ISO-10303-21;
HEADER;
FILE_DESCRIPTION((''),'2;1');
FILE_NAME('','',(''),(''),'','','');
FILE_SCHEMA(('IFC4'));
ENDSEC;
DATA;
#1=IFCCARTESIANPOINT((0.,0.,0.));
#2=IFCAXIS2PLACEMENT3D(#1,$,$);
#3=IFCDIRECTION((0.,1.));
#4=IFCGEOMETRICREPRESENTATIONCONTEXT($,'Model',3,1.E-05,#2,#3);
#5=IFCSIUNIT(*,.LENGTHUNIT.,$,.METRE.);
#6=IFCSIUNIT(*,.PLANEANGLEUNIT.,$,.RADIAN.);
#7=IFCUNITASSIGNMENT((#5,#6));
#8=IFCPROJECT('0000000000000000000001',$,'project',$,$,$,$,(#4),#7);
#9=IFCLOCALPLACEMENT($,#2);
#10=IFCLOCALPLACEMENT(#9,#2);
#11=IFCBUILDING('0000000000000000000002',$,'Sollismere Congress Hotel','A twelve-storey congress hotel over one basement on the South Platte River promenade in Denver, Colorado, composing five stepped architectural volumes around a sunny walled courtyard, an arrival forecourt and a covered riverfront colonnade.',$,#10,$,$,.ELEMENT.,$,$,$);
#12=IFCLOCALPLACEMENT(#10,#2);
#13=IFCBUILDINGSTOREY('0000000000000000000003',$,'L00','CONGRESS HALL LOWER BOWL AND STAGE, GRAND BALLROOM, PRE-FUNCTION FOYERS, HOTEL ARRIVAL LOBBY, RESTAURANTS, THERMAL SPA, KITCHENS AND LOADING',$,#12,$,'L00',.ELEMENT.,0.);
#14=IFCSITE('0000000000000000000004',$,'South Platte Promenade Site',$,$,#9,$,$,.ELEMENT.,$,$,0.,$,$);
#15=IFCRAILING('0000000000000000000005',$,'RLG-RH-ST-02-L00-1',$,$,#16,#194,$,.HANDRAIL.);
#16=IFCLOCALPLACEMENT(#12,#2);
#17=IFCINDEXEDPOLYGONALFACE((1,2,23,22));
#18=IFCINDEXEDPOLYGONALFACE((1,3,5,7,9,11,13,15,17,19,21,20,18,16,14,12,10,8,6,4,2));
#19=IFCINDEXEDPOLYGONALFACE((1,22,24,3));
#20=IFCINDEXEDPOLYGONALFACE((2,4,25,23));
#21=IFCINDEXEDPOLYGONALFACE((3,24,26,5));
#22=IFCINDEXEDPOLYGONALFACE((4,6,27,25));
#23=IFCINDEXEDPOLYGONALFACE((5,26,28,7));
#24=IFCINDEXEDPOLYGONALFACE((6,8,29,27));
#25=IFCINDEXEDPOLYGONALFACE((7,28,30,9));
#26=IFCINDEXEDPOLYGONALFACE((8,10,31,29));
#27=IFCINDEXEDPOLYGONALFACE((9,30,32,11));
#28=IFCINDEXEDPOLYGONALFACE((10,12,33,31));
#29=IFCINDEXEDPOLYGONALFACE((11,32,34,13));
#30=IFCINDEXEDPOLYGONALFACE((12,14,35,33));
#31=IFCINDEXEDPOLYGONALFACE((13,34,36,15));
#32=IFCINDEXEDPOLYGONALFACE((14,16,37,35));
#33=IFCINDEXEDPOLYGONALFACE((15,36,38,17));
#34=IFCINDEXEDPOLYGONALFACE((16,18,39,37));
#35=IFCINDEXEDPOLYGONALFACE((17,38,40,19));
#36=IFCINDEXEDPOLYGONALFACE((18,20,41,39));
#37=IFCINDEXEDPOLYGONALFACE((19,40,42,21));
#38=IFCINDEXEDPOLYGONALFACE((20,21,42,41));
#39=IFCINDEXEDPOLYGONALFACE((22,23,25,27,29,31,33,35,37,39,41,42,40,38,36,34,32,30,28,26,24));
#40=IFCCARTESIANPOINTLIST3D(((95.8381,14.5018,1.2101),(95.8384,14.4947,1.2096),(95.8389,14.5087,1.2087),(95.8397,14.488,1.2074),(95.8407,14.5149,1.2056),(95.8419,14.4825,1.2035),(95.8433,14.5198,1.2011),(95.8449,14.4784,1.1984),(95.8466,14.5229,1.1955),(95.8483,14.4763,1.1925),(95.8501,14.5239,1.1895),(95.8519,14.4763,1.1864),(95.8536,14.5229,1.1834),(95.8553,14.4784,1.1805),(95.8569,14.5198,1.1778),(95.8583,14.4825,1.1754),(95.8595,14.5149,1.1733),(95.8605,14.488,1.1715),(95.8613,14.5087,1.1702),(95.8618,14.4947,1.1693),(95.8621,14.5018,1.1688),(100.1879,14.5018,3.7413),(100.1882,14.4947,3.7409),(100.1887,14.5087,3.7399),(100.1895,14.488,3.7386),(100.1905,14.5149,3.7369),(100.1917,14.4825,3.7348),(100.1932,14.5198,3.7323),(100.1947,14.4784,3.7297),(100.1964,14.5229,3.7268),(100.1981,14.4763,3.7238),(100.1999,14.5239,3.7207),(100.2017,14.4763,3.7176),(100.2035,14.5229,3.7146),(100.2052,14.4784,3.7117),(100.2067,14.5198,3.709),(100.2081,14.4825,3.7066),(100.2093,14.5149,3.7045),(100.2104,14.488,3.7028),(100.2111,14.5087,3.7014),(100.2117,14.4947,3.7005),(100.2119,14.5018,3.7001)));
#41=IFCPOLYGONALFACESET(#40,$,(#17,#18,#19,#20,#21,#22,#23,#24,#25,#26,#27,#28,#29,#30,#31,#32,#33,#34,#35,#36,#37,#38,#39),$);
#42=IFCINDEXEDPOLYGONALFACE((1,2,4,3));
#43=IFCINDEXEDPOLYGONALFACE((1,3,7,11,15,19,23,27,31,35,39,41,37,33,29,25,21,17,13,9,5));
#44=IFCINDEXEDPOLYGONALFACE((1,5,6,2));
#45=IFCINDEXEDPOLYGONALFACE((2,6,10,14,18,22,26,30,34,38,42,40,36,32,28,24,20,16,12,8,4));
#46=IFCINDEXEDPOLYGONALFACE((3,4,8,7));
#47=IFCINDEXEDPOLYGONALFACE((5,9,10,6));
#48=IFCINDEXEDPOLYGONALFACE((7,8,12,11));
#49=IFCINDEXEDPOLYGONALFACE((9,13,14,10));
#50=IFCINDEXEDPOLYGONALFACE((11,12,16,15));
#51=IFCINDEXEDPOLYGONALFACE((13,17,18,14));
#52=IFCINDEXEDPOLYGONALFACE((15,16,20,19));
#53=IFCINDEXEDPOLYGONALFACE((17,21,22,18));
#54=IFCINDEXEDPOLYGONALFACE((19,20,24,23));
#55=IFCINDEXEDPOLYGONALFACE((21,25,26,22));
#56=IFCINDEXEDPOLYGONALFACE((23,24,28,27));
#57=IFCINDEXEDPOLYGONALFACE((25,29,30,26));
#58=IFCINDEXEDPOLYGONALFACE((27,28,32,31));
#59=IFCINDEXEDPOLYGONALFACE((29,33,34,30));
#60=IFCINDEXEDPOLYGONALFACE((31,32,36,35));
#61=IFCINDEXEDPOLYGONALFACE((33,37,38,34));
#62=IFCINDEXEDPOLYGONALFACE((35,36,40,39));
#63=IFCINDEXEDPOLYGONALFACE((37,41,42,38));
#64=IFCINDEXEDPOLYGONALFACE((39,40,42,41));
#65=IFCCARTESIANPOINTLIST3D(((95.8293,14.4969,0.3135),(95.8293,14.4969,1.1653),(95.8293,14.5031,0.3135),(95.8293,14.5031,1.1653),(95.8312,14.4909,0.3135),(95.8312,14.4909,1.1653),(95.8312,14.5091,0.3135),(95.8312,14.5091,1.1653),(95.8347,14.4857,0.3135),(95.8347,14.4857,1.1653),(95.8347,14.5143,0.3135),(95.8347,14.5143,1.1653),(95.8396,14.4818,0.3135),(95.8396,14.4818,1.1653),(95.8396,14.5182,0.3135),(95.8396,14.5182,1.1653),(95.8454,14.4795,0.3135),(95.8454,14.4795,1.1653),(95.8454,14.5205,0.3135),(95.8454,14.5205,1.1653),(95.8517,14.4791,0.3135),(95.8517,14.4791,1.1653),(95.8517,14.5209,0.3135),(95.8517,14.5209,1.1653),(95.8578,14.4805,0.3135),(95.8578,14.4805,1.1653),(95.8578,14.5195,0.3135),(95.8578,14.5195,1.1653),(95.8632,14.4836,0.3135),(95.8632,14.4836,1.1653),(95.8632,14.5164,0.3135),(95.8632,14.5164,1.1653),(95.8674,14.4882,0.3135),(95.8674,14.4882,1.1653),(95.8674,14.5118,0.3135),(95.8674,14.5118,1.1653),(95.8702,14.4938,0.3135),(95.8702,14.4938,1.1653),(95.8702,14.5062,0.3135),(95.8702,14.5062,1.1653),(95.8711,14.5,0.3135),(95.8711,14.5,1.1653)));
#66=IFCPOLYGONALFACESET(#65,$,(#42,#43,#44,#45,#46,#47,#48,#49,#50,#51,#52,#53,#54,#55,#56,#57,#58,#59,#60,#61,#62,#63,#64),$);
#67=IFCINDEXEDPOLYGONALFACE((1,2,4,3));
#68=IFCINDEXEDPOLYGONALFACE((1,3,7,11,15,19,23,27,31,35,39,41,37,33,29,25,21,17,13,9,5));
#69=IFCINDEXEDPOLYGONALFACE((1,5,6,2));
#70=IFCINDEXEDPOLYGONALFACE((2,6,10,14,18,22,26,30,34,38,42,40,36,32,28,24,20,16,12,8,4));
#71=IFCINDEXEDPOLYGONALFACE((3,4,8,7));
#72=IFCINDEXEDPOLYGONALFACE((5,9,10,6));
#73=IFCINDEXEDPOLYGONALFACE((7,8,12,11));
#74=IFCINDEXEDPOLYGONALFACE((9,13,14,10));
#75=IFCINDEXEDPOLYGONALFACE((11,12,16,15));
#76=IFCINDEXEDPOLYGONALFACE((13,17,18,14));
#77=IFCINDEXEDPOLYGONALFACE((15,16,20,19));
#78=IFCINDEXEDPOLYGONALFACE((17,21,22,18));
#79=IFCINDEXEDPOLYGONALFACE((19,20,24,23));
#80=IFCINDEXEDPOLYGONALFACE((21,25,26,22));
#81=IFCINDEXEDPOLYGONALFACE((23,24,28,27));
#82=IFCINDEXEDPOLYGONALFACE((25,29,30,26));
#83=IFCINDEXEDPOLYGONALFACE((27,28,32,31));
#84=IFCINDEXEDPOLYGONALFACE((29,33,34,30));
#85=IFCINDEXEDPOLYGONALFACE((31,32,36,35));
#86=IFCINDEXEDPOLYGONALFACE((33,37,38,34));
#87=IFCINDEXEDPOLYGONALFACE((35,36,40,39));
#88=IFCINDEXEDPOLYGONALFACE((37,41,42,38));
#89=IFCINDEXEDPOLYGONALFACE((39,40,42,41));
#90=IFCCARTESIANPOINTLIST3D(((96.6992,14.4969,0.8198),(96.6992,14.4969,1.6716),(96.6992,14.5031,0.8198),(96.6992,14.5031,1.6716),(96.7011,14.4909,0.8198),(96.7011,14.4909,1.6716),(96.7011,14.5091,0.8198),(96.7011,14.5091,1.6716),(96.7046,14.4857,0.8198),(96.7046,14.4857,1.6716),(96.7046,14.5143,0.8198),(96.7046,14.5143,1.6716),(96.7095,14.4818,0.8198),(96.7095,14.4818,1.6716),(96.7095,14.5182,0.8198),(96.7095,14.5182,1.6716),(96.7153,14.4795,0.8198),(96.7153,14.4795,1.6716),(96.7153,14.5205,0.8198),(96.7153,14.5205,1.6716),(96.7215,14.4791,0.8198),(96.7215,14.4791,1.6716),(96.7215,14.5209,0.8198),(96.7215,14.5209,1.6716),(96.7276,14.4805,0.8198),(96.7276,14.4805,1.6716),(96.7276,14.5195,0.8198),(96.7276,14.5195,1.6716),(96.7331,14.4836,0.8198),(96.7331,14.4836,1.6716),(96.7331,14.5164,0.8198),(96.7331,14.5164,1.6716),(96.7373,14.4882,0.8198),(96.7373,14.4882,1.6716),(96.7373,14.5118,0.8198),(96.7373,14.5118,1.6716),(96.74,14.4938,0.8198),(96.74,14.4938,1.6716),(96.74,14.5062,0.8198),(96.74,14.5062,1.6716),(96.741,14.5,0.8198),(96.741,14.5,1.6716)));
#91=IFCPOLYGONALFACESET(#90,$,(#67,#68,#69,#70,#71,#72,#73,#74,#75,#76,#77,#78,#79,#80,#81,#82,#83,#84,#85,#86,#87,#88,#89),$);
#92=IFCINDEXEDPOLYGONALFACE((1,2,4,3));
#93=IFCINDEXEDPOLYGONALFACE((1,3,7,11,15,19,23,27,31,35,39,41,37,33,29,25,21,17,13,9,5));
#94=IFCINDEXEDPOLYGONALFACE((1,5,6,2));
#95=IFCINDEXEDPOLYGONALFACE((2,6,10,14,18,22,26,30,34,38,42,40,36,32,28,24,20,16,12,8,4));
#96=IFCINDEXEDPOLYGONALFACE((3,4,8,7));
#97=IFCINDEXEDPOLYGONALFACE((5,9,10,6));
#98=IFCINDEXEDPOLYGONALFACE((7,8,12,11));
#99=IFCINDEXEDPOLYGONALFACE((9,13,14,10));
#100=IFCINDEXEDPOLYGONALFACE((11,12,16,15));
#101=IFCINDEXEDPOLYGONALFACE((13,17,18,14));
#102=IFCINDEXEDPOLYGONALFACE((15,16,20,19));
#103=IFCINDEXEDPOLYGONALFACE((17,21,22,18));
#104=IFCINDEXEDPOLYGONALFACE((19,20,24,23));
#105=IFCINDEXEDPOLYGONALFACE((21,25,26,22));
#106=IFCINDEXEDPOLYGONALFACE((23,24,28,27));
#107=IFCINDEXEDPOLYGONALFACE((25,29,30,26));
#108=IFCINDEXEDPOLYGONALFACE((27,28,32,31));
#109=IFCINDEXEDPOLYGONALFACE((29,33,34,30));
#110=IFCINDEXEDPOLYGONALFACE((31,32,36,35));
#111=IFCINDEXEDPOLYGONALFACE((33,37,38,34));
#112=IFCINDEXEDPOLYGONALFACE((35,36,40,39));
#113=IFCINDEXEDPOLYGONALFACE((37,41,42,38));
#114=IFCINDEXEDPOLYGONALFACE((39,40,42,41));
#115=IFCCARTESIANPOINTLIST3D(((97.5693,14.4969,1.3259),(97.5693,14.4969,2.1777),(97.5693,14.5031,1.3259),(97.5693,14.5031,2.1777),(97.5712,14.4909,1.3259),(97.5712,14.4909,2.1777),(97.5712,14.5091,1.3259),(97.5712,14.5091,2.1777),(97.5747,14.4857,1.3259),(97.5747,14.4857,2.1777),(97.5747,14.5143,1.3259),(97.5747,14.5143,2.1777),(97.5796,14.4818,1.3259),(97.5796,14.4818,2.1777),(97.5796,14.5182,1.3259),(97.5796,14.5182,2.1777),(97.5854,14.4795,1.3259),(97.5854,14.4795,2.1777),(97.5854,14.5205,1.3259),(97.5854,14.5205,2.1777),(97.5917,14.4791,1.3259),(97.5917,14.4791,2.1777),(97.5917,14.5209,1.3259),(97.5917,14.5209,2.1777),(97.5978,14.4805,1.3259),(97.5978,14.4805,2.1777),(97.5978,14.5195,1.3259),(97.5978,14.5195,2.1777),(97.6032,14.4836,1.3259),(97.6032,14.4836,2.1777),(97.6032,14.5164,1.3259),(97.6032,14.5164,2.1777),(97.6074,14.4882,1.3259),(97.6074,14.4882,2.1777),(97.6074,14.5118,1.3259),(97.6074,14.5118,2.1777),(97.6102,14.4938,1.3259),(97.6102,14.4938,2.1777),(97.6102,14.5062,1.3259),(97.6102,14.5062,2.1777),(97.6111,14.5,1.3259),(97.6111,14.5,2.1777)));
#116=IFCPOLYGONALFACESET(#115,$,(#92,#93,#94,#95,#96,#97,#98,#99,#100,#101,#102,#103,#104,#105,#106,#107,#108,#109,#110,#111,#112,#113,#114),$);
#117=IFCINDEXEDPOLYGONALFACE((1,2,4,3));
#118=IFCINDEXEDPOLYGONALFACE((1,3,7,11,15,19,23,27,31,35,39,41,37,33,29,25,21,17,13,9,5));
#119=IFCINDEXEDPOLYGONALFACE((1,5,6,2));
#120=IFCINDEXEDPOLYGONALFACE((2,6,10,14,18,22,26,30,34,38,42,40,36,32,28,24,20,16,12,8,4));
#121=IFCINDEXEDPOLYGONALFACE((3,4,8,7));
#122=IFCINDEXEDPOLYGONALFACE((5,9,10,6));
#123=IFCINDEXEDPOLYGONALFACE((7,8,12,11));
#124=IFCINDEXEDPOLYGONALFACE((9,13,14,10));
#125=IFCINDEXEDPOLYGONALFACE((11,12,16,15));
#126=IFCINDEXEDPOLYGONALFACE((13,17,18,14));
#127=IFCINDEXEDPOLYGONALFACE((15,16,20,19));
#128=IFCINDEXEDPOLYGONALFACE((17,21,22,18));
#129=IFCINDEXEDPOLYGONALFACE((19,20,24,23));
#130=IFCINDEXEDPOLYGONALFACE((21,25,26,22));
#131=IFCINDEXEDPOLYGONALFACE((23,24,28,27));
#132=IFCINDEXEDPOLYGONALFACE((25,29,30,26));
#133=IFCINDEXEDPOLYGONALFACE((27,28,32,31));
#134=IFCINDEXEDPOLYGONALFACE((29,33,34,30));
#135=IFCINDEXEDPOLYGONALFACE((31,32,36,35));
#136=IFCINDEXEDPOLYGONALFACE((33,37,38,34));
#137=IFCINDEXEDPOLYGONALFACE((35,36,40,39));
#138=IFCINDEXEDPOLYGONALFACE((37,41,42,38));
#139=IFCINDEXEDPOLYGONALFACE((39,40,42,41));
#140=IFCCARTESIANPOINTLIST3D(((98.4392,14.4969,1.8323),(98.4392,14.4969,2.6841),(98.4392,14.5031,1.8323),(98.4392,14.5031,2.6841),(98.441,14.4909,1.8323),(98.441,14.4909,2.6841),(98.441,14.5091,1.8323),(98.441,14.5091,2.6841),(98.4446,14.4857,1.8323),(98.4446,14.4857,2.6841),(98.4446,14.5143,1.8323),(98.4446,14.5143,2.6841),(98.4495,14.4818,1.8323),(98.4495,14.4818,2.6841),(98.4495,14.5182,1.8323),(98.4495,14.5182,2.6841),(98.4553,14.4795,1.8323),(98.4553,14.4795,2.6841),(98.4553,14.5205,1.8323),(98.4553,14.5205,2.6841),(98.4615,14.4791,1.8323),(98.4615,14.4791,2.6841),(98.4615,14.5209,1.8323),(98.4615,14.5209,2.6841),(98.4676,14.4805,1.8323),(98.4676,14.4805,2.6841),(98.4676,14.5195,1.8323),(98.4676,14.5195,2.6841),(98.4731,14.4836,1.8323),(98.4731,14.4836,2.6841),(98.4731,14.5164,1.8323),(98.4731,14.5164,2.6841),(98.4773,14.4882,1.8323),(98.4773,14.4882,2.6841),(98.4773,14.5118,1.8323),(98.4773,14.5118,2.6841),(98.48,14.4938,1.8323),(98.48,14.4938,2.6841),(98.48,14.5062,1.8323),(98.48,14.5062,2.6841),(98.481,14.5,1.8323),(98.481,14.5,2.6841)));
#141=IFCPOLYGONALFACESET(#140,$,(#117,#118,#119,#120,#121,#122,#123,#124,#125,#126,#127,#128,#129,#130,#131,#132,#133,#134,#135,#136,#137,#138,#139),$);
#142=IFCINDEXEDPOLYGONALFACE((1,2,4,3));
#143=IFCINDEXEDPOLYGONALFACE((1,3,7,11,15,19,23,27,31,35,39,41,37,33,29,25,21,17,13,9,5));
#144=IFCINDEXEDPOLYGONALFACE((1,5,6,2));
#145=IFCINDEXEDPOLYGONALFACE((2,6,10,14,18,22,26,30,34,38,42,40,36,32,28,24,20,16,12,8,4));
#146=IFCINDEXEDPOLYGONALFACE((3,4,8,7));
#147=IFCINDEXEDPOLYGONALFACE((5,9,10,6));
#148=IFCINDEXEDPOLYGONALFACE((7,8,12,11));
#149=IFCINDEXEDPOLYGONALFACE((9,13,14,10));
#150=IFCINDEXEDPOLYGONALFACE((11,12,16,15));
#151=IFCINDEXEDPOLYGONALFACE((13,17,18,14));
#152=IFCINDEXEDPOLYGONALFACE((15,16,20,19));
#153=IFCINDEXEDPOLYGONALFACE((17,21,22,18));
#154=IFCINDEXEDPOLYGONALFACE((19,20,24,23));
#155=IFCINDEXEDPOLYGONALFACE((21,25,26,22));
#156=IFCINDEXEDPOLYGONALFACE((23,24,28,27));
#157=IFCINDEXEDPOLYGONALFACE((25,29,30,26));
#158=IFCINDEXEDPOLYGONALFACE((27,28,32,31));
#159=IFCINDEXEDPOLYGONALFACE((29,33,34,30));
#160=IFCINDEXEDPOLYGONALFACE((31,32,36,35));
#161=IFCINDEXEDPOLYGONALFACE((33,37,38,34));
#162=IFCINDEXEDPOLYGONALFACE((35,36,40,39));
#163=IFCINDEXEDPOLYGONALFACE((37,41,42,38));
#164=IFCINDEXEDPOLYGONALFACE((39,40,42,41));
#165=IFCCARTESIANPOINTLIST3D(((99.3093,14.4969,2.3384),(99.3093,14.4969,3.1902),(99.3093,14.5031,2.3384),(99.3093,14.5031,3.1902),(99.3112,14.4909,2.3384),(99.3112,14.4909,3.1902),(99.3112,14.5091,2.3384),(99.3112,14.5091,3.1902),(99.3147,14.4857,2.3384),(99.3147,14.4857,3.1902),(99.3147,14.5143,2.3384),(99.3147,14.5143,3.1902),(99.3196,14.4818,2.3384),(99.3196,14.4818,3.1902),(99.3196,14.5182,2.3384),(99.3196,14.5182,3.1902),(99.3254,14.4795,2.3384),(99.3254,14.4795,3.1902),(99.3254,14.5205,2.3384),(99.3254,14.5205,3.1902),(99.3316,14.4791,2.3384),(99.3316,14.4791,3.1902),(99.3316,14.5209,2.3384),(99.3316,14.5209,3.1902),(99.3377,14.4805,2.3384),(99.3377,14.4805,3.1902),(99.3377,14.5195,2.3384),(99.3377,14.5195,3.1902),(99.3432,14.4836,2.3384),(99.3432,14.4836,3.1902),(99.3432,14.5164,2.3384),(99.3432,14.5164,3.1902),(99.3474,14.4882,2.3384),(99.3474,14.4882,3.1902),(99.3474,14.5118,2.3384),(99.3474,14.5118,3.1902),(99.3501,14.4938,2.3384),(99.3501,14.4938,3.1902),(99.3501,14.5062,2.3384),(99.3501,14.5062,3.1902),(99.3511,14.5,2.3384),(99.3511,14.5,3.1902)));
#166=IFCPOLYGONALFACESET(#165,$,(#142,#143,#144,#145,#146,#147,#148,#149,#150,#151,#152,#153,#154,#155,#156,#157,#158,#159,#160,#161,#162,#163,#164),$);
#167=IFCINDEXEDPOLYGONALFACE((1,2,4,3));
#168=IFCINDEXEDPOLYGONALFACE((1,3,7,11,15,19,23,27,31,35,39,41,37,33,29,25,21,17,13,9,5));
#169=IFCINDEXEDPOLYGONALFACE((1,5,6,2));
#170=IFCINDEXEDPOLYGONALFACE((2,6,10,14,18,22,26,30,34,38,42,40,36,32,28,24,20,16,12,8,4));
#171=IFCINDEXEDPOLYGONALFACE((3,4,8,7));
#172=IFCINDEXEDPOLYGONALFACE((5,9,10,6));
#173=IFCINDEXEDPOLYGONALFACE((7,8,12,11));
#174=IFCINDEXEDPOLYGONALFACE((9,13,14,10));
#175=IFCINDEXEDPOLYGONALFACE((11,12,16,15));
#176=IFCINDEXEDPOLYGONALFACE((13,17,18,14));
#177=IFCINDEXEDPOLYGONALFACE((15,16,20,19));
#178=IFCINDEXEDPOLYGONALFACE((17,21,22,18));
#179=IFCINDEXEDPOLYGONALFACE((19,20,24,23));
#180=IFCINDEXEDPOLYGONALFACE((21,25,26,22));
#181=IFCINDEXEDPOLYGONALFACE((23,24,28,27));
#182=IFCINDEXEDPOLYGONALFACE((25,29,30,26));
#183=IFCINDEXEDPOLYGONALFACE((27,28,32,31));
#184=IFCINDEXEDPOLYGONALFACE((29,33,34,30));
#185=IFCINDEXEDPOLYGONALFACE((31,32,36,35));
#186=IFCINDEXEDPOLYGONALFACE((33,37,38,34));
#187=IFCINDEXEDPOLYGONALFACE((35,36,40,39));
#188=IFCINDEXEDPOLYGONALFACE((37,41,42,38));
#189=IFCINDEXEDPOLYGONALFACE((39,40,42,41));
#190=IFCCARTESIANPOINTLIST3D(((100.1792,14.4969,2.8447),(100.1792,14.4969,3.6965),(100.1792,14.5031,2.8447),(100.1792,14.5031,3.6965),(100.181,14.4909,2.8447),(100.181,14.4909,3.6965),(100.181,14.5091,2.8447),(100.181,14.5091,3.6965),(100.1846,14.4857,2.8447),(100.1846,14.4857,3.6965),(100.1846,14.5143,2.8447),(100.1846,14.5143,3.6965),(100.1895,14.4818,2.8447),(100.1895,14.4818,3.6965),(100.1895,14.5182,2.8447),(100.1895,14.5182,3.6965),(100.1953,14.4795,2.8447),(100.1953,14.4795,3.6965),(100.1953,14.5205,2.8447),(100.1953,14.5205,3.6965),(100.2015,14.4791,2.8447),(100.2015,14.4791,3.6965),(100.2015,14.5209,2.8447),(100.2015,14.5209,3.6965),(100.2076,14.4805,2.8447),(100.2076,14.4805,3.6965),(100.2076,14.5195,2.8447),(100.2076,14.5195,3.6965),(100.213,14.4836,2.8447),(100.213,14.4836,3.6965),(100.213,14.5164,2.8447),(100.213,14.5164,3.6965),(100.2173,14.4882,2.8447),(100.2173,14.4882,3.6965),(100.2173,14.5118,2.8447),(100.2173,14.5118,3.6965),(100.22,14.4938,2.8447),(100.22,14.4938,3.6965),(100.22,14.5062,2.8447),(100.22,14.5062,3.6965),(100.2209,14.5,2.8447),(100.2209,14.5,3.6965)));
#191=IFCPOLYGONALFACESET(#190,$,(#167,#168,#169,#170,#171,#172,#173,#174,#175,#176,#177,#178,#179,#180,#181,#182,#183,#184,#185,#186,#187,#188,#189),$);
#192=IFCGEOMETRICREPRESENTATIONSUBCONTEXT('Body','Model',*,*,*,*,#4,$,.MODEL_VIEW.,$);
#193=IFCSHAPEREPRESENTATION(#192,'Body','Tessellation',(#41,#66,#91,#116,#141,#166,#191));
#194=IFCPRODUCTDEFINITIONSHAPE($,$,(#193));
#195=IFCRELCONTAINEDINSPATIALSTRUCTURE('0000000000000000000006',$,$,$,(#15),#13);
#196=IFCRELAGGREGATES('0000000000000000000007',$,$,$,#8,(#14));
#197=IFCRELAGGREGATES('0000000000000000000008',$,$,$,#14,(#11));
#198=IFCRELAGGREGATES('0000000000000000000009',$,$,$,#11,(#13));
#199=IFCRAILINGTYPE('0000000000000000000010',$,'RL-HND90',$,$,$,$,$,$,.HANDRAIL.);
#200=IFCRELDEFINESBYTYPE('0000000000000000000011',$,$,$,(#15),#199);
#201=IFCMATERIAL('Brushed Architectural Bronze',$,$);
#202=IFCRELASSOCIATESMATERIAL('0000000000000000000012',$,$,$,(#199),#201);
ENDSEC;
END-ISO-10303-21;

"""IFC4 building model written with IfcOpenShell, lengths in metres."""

from ifc_helpers import new_model, si_unit, direction, frame, origin, origin_2d, place, context, subcontext, project, spatial, circle, extrude, material, type_object, element, save


model = new_model("IFC4")

# Units and contexts
model_context = context("Model", 3, precision=1e-05, world=origin(), true_north=direction((0.0, 1.0)))
body_context = subcontext(model_context, "Body", "Model", "MODEL_VIEW")
ifc_project = project(units=[si_unit("LENGTHUNIT", "METRE"), si_unit("PLANEANGLEUNIT", "RADIAN")], contexts=[model_context])

# Site, building, storey
site_placement = place(None, origin())
site = spatial("IfcSite", under=ifc_project, at=site_placement, Name="South Platte Promenade Site", CompositionType="ELEMENT", RefElevation=0.0)
building_placement = place(site_placement, origin())
building = spatial("IfcBuilding", under=site, at=building_placement, Name="Sollismere Congress Hotel", Description="A twelve-storey congress hotel over one basement on the South Platte River promenade in Denver, Colorado, composing five stepped architectural volumes around a sunny walled courtyard, an arrival forecourt and a covered riverfront colonnade.", CompositionType="ELEMENT")
storey_placement = place(building_placement, origin())
storey = spatial("IfcBuildingStorey", under=building, at=storey_placement, Name="L00", Description="CONGRESS HALL LOWER BOWL AND STAGE, GRAND BALLROOM, PRE-FUNCTION FOYERS, HOTEL ARRIVAL LOBBY, RESTAURANTS, THERMAL SPA, KITCHENS AND LOADING", LongName="L00", CompositionType="ELEMENT", Elevation=0.0)

# Railing
ifc_material_1 = material(Name="Brushed Architectural Bronze")
railing_type_1 = type_object("IfcRailingType", Name="RL-HND90", PredefinedType="HANDRAIL", material=ifc_material_1)
railing_1_placement = place(storey_placement, frame((95.8501, 14.5, 0.3135)))
element("IfcRailing", 1, at=railing_1_placement, inside=storey, type_object=railing_type_1, Name="RLG-RH-ST-02-L00-1", PredefinedType="HANDRAIL", context=body_context, shape_type="SweptSolid", body=[
    extrude(circle(Radius=0.0239, at=origin_2d()), frame((0.0, 0.0, 0.876), z_axis=(0.864312, 0.0, 0.502957), x_axis=(0.0, 1.0, 0.0)), (0.0, 0.0, 1.0), 5.0327),
    extrude(circle(Radius=0.021, at=origin_2d()), origin(), (0.0, 0.0, 1.0), 0.8518),
    extrude(circle(Radius=0.021, at=origin_2d()), frame((0.8699, 0.0, 0.5063)), (0.0, 0.0, 1.0), 0.8518),
    extrude(circle(Radius=0.021, at=origin_2d()), frame((1.74, 0.0, 1.0125)), (0.0, 0.0, 1.0), 0.8518),
    extrude(circle(Radius=0.021, at=origin_2d()), frame((2.6099, 0.0, 1.5188)), (0.0, 0.0, 1.0), 0.8518),
    extrude(circle(Radius=0.021, at=origin_2d()), frame((3.48, 0.0, 2.0249)), (0.0, 0.0, 1.0), 0.8518),
    extrude(circle(Radius=0.021, at=origin_2d()), frame((4.3499, 0.0, 2.5312)), (0.0, 0.0, 1.0), 0.8518),
])

save(model, "model.ifc")
